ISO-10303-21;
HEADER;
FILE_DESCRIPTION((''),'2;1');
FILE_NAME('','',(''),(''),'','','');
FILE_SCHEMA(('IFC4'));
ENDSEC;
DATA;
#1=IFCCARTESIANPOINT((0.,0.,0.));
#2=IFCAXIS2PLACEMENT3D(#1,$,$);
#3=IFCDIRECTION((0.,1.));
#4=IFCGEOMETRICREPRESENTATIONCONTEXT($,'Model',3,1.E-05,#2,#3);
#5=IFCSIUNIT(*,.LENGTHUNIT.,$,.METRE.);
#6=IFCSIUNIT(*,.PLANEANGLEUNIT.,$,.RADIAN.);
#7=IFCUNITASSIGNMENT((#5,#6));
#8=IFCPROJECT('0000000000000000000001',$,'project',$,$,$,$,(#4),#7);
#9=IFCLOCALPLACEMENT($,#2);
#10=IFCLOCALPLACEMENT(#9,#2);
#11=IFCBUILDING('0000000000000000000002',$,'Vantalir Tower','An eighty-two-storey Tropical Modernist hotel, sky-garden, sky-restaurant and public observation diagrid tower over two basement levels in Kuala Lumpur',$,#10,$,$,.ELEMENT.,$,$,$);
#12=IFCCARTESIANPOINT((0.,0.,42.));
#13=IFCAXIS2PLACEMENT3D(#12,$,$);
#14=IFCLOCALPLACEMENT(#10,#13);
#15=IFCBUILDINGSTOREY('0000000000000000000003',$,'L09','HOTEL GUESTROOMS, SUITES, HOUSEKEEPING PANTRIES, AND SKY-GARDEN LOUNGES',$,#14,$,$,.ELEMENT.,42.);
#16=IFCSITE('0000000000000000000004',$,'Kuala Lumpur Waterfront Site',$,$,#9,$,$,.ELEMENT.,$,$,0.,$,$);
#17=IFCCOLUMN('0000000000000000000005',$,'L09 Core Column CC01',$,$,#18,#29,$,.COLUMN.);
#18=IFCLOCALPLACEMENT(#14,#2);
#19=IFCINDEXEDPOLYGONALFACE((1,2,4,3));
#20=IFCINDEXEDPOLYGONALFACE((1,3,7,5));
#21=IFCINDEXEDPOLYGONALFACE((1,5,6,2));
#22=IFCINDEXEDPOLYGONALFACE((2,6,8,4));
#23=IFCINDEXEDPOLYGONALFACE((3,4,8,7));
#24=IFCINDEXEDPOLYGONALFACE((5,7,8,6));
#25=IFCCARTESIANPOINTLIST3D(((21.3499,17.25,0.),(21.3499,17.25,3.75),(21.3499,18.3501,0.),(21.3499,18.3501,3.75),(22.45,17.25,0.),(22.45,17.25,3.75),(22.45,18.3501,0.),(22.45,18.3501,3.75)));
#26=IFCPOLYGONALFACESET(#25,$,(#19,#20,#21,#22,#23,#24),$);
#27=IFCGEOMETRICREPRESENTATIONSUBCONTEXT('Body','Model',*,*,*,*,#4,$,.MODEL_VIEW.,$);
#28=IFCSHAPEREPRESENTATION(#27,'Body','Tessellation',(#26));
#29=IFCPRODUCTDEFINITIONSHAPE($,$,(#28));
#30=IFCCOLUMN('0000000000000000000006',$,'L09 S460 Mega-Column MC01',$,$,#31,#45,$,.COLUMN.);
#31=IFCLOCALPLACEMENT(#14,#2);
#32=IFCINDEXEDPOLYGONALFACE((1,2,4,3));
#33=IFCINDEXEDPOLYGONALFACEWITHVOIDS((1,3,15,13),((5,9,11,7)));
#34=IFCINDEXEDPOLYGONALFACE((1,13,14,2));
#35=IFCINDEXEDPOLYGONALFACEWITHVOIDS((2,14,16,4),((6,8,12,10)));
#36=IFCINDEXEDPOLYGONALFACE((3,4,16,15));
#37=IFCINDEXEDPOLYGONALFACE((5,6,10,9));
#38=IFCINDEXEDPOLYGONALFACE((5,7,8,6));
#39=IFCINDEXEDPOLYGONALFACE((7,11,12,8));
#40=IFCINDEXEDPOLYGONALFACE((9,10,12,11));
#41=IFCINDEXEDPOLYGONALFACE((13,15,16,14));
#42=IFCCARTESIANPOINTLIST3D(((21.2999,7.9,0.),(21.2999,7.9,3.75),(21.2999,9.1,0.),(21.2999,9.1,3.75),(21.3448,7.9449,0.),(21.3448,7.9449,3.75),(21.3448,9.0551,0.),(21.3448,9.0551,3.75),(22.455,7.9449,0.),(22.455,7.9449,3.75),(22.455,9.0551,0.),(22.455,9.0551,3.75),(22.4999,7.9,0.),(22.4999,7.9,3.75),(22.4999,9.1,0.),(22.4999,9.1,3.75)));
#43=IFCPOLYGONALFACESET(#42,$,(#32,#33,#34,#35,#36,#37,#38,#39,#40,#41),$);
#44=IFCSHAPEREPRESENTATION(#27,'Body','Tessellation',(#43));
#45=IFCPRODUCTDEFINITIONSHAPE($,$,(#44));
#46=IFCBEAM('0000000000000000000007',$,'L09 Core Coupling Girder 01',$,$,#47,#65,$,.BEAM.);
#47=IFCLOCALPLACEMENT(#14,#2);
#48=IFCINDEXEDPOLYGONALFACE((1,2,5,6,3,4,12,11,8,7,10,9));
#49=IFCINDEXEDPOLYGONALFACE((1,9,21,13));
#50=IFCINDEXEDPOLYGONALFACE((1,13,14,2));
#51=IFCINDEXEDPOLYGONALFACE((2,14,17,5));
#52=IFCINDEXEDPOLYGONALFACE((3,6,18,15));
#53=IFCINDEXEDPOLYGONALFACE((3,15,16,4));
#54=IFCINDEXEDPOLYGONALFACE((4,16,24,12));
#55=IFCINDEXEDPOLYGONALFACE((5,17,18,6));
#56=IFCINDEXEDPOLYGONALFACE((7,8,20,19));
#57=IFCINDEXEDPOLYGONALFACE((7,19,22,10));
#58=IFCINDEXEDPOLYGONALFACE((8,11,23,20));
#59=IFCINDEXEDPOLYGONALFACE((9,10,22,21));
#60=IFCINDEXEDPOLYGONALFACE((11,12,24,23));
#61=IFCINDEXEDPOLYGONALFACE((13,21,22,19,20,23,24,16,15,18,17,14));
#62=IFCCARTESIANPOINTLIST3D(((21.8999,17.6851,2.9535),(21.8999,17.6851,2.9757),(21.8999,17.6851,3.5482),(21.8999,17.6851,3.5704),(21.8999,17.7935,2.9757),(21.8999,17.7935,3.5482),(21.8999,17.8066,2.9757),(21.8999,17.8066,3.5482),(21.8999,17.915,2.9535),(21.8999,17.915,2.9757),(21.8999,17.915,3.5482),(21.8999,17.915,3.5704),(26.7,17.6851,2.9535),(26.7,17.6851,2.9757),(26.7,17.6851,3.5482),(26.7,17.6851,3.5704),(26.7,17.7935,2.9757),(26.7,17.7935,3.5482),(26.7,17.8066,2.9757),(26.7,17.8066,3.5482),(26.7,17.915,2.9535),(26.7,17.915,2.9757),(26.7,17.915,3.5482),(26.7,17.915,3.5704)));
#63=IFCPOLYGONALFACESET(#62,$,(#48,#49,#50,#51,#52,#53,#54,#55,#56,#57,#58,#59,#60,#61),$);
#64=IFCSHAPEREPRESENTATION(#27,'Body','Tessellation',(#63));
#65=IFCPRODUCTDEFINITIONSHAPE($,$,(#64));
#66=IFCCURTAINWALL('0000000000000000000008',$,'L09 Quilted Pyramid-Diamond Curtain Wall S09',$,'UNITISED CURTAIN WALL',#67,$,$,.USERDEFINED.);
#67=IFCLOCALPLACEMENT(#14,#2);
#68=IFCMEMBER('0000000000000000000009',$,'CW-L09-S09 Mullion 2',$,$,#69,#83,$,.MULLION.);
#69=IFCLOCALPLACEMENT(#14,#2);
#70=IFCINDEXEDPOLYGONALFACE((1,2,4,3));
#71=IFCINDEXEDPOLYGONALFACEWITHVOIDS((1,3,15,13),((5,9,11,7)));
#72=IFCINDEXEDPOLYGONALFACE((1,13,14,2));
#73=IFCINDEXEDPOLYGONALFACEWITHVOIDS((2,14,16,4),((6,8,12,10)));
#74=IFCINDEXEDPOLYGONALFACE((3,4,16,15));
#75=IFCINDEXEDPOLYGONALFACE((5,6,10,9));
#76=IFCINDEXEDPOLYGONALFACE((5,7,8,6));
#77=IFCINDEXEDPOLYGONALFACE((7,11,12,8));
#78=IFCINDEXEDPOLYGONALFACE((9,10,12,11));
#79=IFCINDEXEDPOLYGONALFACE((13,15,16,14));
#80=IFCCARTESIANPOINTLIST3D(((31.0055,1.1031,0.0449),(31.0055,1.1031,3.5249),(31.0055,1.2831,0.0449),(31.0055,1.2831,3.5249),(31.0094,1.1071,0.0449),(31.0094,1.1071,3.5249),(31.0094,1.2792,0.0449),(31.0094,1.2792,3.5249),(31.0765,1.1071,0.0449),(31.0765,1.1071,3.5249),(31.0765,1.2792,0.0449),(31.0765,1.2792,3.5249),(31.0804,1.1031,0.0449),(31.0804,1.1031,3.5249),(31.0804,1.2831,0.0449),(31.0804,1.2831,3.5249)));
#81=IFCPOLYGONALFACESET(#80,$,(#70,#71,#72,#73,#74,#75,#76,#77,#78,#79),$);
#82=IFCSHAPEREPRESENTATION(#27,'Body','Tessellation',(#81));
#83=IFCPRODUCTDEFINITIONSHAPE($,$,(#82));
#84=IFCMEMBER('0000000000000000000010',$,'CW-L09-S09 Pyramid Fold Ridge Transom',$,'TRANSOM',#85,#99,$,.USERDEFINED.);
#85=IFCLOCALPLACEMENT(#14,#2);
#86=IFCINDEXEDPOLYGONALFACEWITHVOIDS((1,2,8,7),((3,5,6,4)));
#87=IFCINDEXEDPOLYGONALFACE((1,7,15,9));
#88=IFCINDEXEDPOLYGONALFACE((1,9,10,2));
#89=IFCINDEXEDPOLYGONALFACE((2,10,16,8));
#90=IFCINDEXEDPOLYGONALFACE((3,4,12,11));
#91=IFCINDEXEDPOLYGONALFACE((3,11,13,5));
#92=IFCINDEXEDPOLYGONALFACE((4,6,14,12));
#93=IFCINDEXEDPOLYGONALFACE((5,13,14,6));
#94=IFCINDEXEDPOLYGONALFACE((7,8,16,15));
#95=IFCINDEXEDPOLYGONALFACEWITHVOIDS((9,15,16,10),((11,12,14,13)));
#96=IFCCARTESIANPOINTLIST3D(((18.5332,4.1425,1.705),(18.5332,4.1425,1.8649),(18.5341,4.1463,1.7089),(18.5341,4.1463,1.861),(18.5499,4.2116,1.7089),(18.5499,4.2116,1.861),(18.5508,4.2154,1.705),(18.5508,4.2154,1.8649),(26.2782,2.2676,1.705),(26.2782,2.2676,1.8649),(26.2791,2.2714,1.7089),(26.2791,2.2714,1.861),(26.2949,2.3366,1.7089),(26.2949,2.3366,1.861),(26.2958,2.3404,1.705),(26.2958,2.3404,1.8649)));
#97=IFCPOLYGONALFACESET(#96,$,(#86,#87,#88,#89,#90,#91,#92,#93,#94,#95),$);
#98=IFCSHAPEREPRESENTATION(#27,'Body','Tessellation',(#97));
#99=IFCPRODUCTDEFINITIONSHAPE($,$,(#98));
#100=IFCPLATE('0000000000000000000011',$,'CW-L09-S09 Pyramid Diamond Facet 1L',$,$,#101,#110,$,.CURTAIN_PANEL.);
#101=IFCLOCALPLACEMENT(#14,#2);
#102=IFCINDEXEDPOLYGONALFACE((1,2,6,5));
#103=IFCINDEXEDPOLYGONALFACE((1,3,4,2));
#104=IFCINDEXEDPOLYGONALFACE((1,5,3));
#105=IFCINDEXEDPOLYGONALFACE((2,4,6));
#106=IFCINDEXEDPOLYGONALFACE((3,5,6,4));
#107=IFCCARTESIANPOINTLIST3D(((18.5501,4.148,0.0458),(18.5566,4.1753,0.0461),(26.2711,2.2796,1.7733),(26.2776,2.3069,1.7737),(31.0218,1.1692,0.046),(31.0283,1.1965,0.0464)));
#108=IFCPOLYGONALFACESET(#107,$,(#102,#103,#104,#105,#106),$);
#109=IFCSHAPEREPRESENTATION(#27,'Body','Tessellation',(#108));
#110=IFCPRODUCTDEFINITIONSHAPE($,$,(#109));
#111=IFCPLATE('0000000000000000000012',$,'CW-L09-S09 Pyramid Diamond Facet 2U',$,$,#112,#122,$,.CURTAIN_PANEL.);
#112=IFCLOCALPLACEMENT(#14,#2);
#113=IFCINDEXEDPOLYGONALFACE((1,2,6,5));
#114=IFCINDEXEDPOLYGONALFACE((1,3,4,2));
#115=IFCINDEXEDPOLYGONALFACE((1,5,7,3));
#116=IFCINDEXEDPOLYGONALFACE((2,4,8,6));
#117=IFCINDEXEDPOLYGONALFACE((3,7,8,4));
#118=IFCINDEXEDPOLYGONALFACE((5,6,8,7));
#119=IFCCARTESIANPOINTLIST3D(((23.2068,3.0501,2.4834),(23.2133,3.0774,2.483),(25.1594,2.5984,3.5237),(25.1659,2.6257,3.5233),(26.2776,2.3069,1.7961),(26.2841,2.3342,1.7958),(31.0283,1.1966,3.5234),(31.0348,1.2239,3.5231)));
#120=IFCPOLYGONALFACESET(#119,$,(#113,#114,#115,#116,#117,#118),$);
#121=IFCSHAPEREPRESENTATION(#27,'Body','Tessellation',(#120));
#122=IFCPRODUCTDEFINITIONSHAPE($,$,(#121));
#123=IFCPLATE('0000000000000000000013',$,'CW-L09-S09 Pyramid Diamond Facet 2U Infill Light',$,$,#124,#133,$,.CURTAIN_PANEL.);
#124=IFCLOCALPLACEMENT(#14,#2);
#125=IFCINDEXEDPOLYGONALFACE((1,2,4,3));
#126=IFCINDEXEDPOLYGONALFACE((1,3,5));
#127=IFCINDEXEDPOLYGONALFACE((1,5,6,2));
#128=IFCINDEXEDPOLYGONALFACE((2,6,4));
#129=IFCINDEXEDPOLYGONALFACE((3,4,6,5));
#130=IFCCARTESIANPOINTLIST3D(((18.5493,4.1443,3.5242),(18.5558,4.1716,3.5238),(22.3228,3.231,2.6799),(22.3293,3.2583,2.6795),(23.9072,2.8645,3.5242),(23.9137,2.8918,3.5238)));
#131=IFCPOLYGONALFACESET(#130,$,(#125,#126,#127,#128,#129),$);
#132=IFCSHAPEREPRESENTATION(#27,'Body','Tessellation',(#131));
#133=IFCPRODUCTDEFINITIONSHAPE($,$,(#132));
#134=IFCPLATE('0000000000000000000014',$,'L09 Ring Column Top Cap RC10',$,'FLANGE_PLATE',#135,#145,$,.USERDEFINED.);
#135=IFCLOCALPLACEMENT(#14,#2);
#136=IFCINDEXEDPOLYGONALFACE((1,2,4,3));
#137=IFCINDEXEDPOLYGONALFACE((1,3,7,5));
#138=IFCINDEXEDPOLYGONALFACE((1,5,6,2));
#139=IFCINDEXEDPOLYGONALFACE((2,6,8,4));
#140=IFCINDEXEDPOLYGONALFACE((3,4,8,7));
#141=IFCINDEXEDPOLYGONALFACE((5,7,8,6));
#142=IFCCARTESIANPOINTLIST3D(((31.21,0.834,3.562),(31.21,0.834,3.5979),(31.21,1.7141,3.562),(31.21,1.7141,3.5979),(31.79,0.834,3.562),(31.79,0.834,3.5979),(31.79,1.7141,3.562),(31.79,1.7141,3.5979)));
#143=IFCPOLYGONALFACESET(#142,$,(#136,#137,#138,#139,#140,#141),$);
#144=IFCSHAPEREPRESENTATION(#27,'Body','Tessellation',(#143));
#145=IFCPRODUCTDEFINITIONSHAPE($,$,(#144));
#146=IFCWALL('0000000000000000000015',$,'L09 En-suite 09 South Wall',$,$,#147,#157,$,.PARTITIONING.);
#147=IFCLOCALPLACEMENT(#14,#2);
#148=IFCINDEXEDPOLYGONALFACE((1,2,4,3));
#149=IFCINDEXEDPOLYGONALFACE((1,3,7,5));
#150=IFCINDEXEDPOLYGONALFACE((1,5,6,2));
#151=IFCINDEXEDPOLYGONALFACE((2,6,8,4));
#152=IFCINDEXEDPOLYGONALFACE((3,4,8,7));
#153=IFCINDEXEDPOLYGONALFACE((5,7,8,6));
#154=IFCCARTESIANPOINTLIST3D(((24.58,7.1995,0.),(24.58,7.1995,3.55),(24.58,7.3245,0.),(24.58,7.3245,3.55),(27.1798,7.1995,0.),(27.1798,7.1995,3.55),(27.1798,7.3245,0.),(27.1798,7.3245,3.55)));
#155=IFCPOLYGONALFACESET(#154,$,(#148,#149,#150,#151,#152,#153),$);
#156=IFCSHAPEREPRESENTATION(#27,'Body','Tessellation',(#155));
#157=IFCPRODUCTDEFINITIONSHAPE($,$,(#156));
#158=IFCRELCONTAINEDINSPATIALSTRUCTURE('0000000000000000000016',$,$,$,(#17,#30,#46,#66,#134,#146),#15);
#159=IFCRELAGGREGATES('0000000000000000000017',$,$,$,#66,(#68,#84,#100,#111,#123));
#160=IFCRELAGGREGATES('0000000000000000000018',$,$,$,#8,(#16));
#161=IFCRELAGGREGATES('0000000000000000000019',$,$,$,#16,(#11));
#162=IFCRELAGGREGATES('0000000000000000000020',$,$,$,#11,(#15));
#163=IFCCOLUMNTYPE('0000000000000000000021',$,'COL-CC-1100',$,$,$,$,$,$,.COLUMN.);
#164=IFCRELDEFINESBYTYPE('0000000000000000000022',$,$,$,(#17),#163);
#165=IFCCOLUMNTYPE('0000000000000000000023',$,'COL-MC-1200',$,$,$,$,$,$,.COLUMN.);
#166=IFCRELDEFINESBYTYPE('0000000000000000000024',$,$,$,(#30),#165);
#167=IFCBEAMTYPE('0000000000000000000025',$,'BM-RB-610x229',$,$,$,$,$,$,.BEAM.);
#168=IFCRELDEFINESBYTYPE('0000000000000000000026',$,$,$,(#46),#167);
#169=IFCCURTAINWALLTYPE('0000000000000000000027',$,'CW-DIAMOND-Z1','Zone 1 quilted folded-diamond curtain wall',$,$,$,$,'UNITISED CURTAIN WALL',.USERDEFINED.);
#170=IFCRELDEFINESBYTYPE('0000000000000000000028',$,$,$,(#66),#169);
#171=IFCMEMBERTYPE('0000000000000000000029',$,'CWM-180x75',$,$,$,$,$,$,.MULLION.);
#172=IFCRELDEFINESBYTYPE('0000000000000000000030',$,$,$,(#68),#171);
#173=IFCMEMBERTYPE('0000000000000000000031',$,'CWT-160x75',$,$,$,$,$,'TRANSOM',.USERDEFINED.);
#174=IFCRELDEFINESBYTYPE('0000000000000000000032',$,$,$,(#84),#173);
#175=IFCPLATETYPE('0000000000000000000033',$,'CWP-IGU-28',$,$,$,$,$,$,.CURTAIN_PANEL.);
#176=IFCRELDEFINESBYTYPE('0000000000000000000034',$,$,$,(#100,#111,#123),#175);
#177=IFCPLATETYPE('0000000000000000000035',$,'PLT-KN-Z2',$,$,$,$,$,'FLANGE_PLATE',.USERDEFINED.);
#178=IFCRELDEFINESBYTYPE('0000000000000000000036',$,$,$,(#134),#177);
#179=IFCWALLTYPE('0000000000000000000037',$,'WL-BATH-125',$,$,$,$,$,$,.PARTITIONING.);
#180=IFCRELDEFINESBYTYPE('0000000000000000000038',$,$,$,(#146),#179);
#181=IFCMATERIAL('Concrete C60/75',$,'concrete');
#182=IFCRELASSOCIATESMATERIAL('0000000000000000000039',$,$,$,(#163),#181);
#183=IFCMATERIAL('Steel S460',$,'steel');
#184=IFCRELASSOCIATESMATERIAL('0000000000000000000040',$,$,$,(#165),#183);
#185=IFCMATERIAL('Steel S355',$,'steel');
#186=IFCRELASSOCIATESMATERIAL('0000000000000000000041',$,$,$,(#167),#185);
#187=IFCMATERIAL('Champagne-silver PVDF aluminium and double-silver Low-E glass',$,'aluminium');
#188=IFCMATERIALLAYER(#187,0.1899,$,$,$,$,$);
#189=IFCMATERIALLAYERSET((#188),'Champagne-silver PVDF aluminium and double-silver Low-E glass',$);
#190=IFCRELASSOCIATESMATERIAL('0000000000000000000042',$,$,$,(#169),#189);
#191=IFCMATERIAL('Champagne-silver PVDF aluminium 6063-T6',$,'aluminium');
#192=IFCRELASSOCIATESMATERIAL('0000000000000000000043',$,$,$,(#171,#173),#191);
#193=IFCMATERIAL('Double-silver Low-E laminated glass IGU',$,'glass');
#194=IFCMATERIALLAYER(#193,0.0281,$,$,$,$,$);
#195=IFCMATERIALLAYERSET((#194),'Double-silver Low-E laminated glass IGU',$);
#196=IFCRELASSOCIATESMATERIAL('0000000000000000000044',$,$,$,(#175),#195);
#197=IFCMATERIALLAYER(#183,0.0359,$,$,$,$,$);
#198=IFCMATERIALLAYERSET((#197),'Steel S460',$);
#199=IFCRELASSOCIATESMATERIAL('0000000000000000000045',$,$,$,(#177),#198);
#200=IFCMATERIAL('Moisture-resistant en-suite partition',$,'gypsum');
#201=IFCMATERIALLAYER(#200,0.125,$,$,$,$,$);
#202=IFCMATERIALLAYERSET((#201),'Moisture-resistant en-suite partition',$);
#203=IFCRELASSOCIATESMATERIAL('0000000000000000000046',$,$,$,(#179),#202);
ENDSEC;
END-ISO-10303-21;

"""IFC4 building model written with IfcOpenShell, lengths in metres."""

from ifc_helpers import new_model, si_unit, direction, frame, frame_2d, origin, origin_2d, place, context, subcontext, project, spatial, polyline, rectangle, hollow_rectangle, i_section, outline, extrude, material, layer, layer_set, material_profile, profile_set, type_object, element, aggregate, save


model = new_model("IFC4")

# Units and contexts
model_context = context("Model", 3, precision=1e-05, world=origin(), true_north=direction((0.0, 1.0)))
body_context = subcontext(model_context, "Body", "Model", "MODEL_VIEW")
ifc_project = project(units=[si_unit("LENGTHUNIT", "METRE"), si_unit("PLANEANGLEUNIT", "RADIAN")], contexts=[model_context])

# Site, building, storey
site_placement = place(None, origin())
site = spatial("IfcSite", under=ifc_project, at=site_placement, Name="Kuala Lumpur Waterfront Site", CompositionType="ELEMENT", RefElevation=0.0)
building_placement = place(site_placement, origin())
building = spatial("IfcBuilding", under=site, at=building_placement, Name="Vantalir Tower", Description="An eighty-two-storey Tropical Modernist hotel, sky-garden, sky-restaurant and public observation diagrid tower over two basement levels in Kuala Lumpur", CompositionType="ELEMENT")
storey_placement = place(building_placement, frame((0.0, 0.0, 42.0)))
storey = spatial("IfcBuildingStorey", under=building, at=storey_placement, Name="L09", Description="HOTEL GUESTROOMS, SUITES, HOUSEKEEPING PANTRIES, AND SKY-GARDEN LOUNGES", CompositionType="ELEMENT", Elevation=42.0)

# Columns
ifc_material_1 = material(Name="Concrete C60/75", Category="concrete")
ifc_material_profile_1 = material_profile(ifc_material_1, rectangle(XDim=1.1001, YDim=1.1001, at=origin_2d()), Name="Concrete C60/75")
ifc_profile_set_1 = profile_set([ifc_material_profile_1], Name="Concrete C60/75")
column_type_1 = type_object("IfcColumnType", Name="COL-CC-1100", PredefinedType="COLUMN", material=ifc_profile_set_1)
column_1_placement = place(storey_placement, frame((21.8999, 17.8, 0.0), z_axis=(0.0, 0.0, 1.0), x_axis=(1.0, 0.0, 0.0)))
element("IfcColumn", 1, at=column_1_placement, inside=storey, type_object=column_type_1, Name="L09 Core Column CC01", PredefinedType="COLUMN", context=body_context, shape_type="SweptSolid", body=[
    extrude(rectangle(XDim=1.1001, YDim=1.1001, at=origin_2d()), origin(), (0.0, 0.0, 1.0), 3.75),
])
ifc_material_2 = material(Name="Steel S460", Category="steel")
ifc_material_profile_2 = material_profile(ifc_material_2, hollow_rectangle(XDim=1.2, YDim=1.2, WallThickness=0.0449, at=origin_2d()), Name="Steel S460")
ifc_profile_set_2 = profile_set([ifc_material_profile_2], Name="Steel S460")
column_type_2 = type_object("IfcColumnType", Name="COL-MC-1200", PredefinedType="COLUMN", material=ifc_profile_set_2)
column_2_placement = place(storey_placement, frame((21.8999, 8.5, 0.0), z_axis=(0.0, 0.0, 1.0), x_axis=(1.0, 0.0, 0.0)))
element("IfcColumn", 2, at=column_2_placement, inside=storey, type_object=column_type_2, Name="L09 S460 Mega-Column MC01", PredefinedType="COLUMN", context=body_context, shape_type="SweptSolid", body=[
    extrude(hollow_rectangle(XDim=1.2, YDim=1.2, WallThickness=0.0449, at=origin_2d()), origin(), (0.0, 0.0, 1.0), 3.75),
])

# Beam
ifc_material_3 = material(Name="Steel S355", Category="steel")
ifc_material_profile_3 = material_profile(ifc_material_3, i_section(OverallWidth=0.23, OverallDepth=0.6169, WebThickness=0.0132, FlangeThickness=0.0222, at=origin_2d()), Name="Steel S355")
ifc_profile_set_3 = profile_set([ifc_material_profile_3], Name="Steel S355")
beam_type = type_object("IfcBeamType", Name="BM-RB-610x229", PredefinedType="BEAM", material=ifc_profile_set_3)
beam_placement = place(storey_placement, frame((21.8999, 17.8, 3.262), z_axis=(1.0, 0.0, 0.0), x_axis=(0.0, 1.0, 0.0)))
element("IfcBeam", 3, at=beam_placement, inside=storey, type_object=beam_type, Name="L09 Core Coupling Girder 01", PredefinedType="BEAM", context=body_context, shape_type="SweptSolid", body=[
    extrude(i_section(OverallWidth=0.23, OverallDepth=0.6169, WebThickness=0.0132, FlangeThickness=0.0222, at=origin_2d()), origin(), (0.0, 0.0, 1.0), 4.8),
])

# Curtain wall, members, plates
ifc_material_4 = material(Name="Champagne-silver PVDF aluminium and double-silver Low-E glass", Category="aluminium")
ifc_layer_1 = layer(ifc_material_4, 0.1899)
ifc_layer_set_1 = layer_set([ifc_layer_1], Name="Champagne-silver PVDF aluminium and double-silver Low-E glass")
curtain_wall_type = type_object("IfcCurtainWallType", Name="CW-DIAMOND-Z1", Description="Zone 1 quilted folded-diamond curtain wall", ElementType="UNITISED CURTAIN WALL", PredefinedType="USERDEFINED", material=ifc_layer_set_1)
curtain_wall_placement = place(storey_placement, origin())
curtain_wall = element("IfcCurtainWall", 4, at=curtain_wall_placement, inside=storey, type_object=curtain_wall_type, Name="L09 Quilted Pyramid-Diamond Curtain Wall S09", ObjectType="UNITISED CURTAIN WALL", PredefinedType="USERDEFINED")
ifc_material_5 = material(Name="Champagne-silver PVDF aluminium 6063-T6", Category="aluminium")
ifc_material_profile_4 = material_profile(ifc_material_5, hollow_rectangle(XDim=0.075, YDim=0.1799, WallThickness=0.0039, at=origin_2d()), Name="Champagne-silver PVDF aluminium 6063-T6")
ifc_profile_set_4 = profile_set([ifc_material_profile_4], Name="Champagne-silver PVDF aluminium 6063-T6")
member_type_1 = type_object("IfcMemberType", Name="CWM-180x75", PredefinedType="MULLION", material=ifc_profile_set_4)
member_1_placement = place(storey_placement, frame((31.043, 1.1931, 0.0449), z_axis=(0.0, 0.0, 1.0), x_axis=(1.0, 0.0, 0.0)))
member_1 = element("IfcMember", 5, at=member_1_placement, type_object=member_type_1, Name="CW-L09-S09 Mullion 2", PredefinedType="MULLION", context=body_context, shape_type="SweptSolid", body=[
    extrude(hollow_rectangle(XDim=0.075, YDim=0.1799, WallThickness=0.0039, at=origin_2d()), origin(), (0.0, 0.0, 1.0), 3.48),
])
ifc_material_profile_5 = material_profile(ifc_material_5, hollow_rectangle(XDim=0.075, YDim=0.1599, WallThickness=0.0039, at=origin_2d()), Name="Champagne-silver PVDF aluminium 6063-T6")
ifc_profile_set_5 = profile_set([ifc_material_profile_5], Name="Champagne-silver PVDF aluminium 6063-T6")
member_type_2 = type_object("IfcMemberType", Name="CWT-160x75", ElementType="TRANSOM", PredefinedType="USERDEFINED", material=ifc_profile_set_5)
member_2_placement = place(storey_placement, frame((18.542, 4.179, 1.7849), z_axis=(0.971925, -0.235291, 0.0), x_axis=(0.235291, 0.971925, 0.0)))
member_2 = element("IfcMember", 6, at=member_2_placement, type_object=member_type_2, Name="CW-L09-S09 Pyramid Fold Ridge Transom", ObjectType="TRANSOM", PredefinedType="USERDEFINED", context=body_context, shape_type="SweptSolid", body=[
    extrude(hollow_rectangle(XDim=0.075, YDim=0.1599, WallThickness=0.0039, at=origin_2d()), origin(), (0.0, 0.0, 1.0), 7.9688),
])
ifc_material_6 = material(Name="Double-silver Low-E laminated glass IGU", Category="glass")
ifc_layer_2 = layer(ifc_material_6, 0.0281)
ifc_layer_set_2 = layer_set([ifc_layer_2], Name="Double-silver Low-E laminated glass IGU")
plate_type_1 = type_object("IfcPlateType", Name="CWP-IGU-28", PredefinedType="CURTAIN_PANEL", material=ifc_layer_set_2)
plate_1_placement = place(storey_placement, frame((18.5566, 4.1753, 0.0461), z_axis=(0.232286, 0.972551, 0.013694), x_axis=(0.972642, -0.232308, 0.000019)))
plate_1 = element("IfcPlate", 7, at=plate_1_placement, type_object=plate_type_1, Name="CW-L09-S09 Pyramid Diamond Facet 1L", PredefinedType="CURTAIN_PANEL", context=body_context, shape_type="SweptSolid", body=[
    extrude(outline(polyline([(0.0, 0.0), (12.8225, 0.0), (7.9438, -1.7275), (0.0, 0.0)])), origin(), (0.0, 0.0, -1.0), 0.0281),
])
plate_2_placement = place(storey_placement, frame((25.1594, 2.5984, 3.5237), z_axis=(-0.232299, -0.972547, 0.01375), x_axis=(0.972639, -0.232321, -0.000041)))
plate_2 = element("IfcPlate", 8, at=plate_2_placement, type_object=plate_type_1, Name="CW-L09-S09 Pyramid Diamond Facet 2U", PredefinedType="CURTAIN_PANEL", context=body_context, shape_type="SweptSolid", body=[
    extrude(outline(polyline([(0.0, 0.0), (6.034, 0.0), (1.1554, -1.7277), (-2.0041, -1.0405), (0.0, 0.0)])), origin(), (0.0, 0.0, -1.0), 0.0281),
])
plate_3_placement = place(storey_placement, frame((18.5493, 4.1443, 3.5242), z_axis=(-0.232301, -0.972545, 0.013836), x_axis=(0.972639, -0.232323, 0.0)))
plate_3 = element("IfcPlate", 9, at=plate_3_placement, type_object=plate_type_1, Name="CW-L09-S09 Pyramid Diamond Facet 2U Infill Light", PredefinedType="CURTAIN_PANEL", context=body_context, shape_type="SweptSolid", body=[
    extrude(outline(polyline([(0.0, 0.0), (5.5086, 0.0), (3.8824, -0.8443), (0.0, 0.0)])), origin(), (0.0, 0.0, -1.0), 0.0281),
])
aggregate(curtain_wall, [member_1, member_2, plate_1, plate_2, plate_3])

# Plate
ifc_layer_3 = layer(ifc_material_2, 0.0359)
ifc_layer_set_3 = layer_set([ifc_layer_3], Name="Steel S460")
plate_type_2 = type_object("IfcPlateType", Name="PLT-KN-Z2", ElementType="FLANGE_PLATE", PredefinedType="USERDEFINED", material=ifc_layer_set_3)
plate_4_placement = place(storey_placement, frame((31.21, 1.7141, 3.5979), z_axis=(0.0, 0.0, 1.0), x_axis=(0.0, -1.0, 0.0)))
element("IfcPlate", 10, at=plate_4_placement, inside=storey, type_object=plate_type_2, Name="L09 Ring Column Top Cap RC10", ObjectType="FLANGE_PLATE", PredefinedType="USERDEFINED", context=body_context, shape_type="SweptSolid", body=[
    extrude(outline(polyline([(0.0, 0.0), (0.8801, 0.0), (0.8801, 0.5801), (0.0, 0.5801), (0.0, 0.0)])), origin(), (0.0, 0.0, -1.0), 0.0359),
])

# Wall
ifc_material_7 = material(Name="Moisture-resistant en-suite partition", Category="gypsum")
ifc_layer_4 = layer(ifc_material_7, 0.125)
ifc_layer_set_4 = layer_set([ifc_layer_4], Name="Moisture-resistant en-suite partition")
wall_type_1 = type_object("IfcWallType", Name="WL-BATH-125", PredefinedType="PARTITIONING", material=ifc_layer_set_4)
wall_1_placement = place(storey_placement, frame((24.5801, 7.262, 0.0), z_axis=(0.0, 0.0, 1.0), x_axis=(1.0, 0.0, 0.0)))
element("IfcWall", 11, at=wall_1_placement, inside=storey, type_object=wall_type_1, Name="L09 En-suite 09 South Wall", PredefinedType="PARTITIONING", context=body_context, shape_type="SweptSolid", body=[
    extrude(rectangle(XDim=2.5999, YDim=0.125, at=frame_2d((1.2998, 0.0))), origin(), (0.0, 0.0, 1.0), 3.55),
])

save(model, "model.ifc")
